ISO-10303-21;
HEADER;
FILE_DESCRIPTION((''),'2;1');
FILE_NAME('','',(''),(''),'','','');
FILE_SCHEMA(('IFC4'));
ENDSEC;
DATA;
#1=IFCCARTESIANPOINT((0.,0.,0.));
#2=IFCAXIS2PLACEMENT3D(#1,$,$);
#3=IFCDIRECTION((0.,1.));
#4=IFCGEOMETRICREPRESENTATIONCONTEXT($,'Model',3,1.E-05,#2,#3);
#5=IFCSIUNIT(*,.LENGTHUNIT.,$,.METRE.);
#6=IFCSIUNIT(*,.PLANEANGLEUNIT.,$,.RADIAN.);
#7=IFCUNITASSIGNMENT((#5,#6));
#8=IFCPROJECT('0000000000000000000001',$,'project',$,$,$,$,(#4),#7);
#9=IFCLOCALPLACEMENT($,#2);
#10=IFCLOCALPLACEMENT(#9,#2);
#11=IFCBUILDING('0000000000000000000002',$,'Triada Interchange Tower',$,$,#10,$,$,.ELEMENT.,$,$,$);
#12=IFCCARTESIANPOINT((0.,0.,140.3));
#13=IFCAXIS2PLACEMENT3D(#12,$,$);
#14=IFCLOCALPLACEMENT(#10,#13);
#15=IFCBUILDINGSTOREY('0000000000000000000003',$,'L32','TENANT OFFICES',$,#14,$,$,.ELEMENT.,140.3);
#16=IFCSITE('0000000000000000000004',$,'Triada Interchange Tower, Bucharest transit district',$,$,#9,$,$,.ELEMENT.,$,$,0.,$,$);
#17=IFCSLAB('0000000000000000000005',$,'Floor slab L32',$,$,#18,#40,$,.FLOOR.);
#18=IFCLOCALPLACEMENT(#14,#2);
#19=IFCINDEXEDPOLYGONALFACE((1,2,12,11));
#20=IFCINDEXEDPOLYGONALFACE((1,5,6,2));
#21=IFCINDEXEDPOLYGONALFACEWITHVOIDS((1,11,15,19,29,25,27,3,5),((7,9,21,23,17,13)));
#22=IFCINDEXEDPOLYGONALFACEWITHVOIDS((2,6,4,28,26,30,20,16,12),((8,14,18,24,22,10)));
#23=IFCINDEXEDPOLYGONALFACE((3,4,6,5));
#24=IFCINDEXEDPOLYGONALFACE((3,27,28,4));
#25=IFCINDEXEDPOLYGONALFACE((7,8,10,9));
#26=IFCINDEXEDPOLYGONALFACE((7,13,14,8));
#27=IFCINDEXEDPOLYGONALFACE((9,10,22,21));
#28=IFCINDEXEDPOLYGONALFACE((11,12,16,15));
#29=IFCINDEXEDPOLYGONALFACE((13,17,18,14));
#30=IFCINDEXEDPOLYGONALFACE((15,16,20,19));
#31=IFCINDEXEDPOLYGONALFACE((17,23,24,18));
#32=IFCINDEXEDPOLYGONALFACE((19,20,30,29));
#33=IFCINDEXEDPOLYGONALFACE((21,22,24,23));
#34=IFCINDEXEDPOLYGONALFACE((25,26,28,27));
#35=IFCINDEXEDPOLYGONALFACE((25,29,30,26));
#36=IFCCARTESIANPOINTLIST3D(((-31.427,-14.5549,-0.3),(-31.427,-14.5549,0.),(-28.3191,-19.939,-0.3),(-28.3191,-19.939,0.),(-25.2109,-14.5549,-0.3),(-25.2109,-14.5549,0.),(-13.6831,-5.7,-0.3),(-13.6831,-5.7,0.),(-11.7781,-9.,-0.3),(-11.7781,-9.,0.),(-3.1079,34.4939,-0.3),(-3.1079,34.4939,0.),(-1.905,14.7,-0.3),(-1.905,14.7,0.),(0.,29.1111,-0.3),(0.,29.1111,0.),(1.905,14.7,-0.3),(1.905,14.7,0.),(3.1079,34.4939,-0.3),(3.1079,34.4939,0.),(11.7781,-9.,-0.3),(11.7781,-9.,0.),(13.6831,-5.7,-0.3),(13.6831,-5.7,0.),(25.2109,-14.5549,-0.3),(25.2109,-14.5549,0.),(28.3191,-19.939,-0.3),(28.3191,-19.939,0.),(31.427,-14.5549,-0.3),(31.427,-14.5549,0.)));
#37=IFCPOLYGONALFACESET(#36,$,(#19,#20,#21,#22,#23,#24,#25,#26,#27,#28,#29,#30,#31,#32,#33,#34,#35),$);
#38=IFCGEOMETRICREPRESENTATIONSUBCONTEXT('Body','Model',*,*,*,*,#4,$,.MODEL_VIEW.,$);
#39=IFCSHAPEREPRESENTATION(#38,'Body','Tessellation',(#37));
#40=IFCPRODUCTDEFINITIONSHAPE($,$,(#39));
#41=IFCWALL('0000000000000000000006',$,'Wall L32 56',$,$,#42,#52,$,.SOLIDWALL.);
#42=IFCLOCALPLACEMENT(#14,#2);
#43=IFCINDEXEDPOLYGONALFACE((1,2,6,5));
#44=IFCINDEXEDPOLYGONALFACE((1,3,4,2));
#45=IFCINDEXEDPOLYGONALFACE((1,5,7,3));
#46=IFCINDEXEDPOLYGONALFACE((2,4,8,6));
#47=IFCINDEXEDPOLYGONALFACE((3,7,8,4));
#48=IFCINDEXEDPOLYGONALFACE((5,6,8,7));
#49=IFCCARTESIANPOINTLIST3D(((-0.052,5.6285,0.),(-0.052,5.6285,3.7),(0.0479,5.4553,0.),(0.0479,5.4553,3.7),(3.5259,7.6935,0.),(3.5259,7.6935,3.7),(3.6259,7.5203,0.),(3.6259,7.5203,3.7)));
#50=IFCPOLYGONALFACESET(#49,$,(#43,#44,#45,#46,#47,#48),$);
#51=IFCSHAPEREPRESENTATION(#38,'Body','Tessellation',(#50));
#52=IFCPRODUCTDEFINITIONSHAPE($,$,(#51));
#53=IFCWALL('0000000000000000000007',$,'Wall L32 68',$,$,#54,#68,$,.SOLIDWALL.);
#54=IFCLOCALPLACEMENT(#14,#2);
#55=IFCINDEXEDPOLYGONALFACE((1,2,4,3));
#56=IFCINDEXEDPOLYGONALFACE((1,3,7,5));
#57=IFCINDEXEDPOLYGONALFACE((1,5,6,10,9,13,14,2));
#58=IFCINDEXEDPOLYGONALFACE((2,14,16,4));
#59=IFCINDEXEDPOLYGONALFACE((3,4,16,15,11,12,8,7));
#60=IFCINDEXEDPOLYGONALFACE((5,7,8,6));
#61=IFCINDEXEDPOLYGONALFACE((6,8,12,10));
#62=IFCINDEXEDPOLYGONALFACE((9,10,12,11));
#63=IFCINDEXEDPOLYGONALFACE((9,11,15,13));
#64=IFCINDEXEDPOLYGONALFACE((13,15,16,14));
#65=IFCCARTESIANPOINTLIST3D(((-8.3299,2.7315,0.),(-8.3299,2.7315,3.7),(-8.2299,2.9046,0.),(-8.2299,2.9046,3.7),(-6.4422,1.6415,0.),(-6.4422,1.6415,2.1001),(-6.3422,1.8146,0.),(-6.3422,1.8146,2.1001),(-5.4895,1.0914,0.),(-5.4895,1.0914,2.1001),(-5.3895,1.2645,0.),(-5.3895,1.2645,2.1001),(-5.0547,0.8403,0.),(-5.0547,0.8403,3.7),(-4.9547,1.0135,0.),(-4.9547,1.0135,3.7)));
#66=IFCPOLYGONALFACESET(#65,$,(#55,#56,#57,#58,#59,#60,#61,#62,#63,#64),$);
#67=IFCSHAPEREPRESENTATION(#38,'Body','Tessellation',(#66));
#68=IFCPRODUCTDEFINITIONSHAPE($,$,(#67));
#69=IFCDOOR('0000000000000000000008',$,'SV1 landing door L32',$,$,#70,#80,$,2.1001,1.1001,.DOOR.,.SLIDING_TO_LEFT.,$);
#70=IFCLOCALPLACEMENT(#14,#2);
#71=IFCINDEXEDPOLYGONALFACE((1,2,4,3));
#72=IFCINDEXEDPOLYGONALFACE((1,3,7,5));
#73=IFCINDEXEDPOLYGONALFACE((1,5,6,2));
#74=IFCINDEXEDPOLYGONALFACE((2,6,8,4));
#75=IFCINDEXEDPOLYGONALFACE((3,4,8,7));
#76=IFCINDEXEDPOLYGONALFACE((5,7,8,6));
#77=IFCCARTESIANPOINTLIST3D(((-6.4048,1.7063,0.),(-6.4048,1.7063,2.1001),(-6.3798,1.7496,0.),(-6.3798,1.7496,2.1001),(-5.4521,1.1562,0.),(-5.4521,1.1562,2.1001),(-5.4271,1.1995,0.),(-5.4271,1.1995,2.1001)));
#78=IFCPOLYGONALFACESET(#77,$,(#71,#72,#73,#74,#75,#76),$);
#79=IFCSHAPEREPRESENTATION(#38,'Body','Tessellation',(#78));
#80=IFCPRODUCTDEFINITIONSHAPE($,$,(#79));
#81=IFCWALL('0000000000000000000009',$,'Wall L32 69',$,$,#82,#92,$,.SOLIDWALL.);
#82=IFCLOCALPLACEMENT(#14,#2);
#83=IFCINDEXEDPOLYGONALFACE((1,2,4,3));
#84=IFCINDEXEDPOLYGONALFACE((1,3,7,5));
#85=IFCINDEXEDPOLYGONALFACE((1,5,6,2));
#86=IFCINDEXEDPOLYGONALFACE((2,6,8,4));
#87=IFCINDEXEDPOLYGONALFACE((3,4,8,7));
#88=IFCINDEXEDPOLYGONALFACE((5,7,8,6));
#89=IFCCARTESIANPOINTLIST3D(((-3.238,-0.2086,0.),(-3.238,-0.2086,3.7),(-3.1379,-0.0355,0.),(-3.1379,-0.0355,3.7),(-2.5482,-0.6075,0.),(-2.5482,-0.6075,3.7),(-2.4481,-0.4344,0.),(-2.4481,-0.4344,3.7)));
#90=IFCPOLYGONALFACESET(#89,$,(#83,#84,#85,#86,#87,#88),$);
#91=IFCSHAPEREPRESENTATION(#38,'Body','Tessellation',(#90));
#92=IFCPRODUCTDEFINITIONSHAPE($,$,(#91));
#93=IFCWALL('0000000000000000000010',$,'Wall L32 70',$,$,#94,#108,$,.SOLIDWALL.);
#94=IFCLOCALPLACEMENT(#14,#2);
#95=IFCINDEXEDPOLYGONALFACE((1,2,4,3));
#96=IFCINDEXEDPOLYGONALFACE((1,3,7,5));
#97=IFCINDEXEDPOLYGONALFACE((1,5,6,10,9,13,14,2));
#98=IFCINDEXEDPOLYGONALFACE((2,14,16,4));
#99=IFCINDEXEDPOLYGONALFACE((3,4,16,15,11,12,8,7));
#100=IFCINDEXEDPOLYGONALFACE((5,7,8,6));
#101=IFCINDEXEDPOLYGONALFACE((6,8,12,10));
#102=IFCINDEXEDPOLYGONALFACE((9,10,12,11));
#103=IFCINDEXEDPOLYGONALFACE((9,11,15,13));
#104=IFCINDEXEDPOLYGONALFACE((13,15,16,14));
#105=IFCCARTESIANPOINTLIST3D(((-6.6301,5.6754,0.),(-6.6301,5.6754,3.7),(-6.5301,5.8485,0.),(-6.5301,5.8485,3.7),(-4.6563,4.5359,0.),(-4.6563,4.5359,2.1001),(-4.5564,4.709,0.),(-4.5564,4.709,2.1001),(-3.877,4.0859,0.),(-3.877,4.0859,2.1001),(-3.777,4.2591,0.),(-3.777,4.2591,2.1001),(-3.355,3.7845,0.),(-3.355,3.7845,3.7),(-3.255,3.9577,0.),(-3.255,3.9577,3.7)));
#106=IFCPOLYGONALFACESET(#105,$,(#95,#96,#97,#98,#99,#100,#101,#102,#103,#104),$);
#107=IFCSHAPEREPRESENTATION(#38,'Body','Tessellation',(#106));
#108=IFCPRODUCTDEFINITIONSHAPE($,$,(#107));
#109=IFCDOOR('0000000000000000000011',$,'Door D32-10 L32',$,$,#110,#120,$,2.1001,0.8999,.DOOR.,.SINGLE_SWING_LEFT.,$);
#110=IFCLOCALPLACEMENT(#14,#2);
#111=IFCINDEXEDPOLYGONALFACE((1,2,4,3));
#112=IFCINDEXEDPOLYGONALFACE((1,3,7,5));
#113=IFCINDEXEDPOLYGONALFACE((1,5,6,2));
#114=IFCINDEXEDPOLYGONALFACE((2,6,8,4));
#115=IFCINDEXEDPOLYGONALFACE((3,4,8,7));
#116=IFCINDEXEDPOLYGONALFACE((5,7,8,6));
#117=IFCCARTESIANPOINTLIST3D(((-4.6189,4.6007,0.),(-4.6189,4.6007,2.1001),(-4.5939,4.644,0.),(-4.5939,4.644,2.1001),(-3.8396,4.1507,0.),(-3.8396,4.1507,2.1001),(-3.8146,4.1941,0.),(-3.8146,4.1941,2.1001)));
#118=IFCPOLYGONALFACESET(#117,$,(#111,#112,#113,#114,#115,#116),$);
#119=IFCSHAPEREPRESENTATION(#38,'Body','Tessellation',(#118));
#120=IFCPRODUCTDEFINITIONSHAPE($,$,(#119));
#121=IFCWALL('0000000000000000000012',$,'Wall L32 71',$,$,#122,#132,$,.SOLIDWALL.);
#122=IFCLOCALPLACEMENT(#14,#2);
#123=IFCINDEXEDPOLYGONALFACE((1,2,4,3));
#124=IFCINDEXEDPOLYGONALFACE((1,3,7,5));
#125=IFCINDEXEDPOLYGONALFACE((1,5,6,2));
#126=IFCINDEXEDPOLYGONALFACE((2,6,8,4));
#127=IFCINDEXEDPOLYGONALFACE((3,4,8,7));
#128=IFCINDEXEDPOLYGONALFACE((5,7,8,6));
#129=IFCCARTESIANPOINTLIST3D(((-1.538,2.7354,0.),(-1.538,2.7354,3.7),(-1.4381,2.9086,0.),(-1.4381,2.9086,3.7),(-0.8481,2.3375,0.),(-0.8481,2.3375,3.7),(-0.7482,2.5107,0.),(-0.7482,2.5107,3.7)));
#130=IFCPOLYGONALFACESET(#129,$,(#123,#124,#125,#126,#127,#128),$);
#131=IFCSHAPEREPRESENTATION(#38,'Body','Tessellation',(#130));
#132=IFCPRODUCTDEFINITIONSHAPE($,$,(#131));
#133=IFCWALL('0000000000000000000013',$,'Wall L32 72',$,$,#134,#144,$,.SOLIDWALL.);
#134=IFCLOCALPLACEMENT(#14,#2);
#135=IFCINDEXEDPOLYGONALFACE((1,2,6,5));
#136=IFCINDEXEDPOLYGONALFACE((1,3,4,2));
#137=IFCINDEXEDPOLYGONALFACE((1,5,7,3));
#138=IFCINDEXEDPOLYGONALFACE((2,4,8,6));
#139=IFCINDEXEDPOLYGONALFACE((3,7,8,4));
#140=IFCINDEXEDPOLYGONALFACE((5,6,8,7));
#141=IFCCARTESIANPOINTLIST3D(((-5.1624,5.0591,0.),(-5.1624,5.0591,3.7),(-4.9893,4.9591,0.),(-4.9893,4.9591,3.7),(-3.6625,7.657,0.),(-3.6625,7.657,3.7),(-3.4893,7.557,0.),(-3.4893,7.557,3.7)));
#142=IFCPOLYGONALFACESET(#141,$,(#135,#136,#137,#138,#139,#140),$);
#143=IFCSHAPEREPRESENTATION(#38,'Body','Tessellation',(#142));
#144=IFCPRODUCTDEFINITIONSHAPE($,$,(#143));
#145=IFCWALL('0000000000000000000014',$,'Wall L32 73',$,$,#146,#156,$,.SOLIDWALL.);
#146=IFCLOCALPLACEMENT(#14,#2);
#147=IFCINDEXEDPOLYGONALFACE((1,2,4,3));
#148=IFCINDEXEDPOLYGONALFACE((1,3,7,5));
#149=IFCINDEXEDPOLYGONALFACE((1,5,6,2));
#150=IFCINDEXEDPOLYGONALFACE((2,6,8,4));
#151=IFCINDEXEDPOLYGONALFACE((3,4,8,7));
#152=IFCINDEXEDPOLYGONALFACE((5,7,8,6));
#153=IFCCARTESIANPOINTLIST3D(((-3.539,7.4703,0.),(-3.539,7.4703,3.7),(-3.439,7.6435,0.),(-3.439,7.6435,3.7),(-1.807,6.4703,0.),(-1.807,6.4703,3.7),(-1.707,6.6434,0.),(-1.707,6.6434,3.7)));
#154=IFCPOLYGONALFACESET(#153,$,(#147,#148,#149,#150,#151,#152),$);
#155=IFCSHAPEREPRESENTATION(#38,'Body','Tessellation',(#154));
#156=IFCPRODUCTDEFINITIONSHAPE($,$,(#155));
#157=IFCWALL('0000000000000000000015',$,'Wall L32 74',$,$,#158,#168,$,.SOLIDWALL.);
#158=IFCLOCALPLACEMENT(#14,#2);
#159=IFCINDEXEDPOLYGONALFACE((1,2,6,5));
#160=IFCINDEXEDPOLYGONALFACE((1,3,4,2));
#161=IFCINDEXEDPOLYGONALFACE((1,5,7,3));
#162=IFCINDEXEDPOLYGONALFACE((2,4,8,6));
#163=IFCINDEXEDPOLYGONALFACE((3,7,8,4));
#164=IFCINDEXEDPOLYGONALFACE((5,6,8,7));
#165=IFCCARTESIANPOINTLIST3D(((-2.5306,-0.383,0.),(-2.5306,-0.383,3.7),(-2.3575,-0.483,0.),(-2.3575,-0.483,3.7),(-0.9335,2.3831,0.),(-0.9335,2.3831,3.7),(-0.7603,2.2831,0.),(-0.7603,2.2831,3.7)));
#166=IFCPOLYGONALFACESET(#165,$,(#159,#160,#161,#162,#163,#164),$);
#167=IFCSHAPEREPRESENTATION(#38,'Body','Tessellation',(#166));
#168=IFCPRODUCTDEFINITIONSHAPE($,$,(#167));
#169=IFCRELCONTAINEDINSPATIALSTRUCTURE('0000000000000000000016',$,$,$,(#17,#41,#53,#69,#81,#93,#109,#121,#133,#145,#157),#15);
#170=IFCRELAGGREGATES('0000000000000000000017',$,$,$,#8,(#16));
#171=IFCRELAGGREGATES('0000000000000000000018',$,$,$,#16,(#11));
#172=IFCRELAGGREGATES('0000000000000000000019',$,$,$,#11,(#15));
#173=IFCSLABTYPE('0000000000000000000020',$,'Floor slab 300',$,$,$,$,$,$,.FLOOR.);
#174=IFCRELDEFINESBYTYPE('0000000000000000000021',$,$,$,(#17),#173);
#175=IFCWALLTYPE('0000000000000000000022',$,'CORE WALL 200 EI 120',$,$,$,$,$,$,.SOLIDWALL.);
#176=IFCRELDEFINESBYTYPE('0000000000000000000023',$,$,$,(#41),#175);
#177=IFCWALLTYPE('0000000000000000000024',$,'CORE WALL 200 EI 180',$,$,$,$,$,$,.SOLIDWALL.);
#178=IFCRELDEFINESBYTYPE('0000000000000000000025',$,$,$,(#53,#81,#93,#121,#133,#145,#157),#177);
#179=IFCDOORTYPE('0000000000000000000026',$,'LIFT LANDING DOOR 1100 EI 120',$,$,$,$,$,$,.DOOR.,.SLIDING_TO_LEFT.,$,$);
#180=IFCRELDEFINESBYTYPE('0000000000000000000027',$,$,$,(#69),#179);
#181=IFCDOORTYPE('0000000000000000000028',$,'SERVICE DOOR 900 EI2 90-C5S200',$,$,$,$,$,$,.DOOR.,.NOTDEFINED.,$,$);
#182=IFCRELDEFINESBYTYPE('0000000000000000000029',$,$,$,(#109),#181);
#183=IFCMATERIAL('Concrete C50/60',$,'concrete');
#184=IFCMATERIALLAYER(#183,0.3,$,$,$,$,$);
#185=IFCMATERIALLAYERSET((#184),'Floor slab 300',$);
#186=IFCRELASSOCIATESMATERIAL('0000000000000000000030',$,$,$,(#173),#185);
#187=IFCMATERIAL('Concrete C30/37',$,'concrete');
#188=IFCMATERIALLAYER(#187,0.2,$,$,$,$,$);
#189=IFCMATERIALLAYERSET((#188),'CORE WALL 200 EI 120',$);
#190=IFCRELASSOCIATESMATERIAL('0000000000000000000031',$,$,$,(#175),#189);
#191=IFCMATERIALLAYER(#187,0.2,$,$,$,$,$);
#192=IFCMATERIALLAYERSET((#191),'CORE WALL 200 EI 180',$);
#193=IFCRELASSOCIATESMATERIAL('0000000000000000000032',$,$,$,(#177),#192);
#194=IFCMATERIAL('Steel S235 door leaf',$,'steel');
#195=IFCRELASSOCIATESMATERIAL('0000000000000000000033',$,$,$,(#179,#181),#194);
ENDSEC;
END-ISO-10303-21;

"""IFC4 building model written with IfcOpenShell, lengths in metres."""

from ifc_helpers import new_model, si_unit, direction, frame, frame_2d, origin, place, context, subcontext, project, spatial, polyline, rectangle, outline, extrude, material, layer, layer_set, type_object, element, fill, save


model = new_model("IFC4")

# Units and contexts
model_context = context("Model", 3, precision=1e-05, world=origin(), true_north=direction((0.0, 1.0)))
body_context = subcontext(model_context, "Body", "Model", "MODEL_VIEW")
ifc_project = project(units=[si_unit("LENGTHUNIT", "METRE"), si_unit("PLANEANGLEUNIT", "RADIAN")], contexts=[model_context])

# Site, building, storey
site_placement = place(None, origin())
site = spatial("IfcSite", under=ifc_project, at=site_placement, Name="Triada Interchange Tower, Bucharest transit district", CompositionType="ELEMENT", RefElevation=0.0)
building_placement = place(site_placement, origin())
building = spatial("IfcBuilding", under=site, at=building_placement, Name="Triada Interchange Tower", CompositionType="ELEMENT")
storey_placement = place(building_placement, frame((0.0, 0.0, 140.3)))
storey = spatial("IfcBuildingStorey", under=building, at=storey_placement, Name="L32", Description="TENANT OFFICES", CompositionType="ELEMENT", Elevation=140.3)

# Slab
ifc_material_1 = material(Name="Concrete C50/60", Category="concrete")
ifc_layer_1 = layer(ifc_material_1, 0.3)
ifc_layer_set_1 = layer_set([ifc_layer_1], Name="Floor slab 300")
slab_type = type_object("IfcSlabType", Name="Floor slab 300", PredefinedType="FLOOR", material=ifc_layer_set_1)
slab_placement = place(storey_placement, frame((0.0, 0.0, -0.3)))
element("IfcSlab", 1, at=slab_placement, inside=storey, type_object=slab_type, Name="Floor slab L32", PredefinedType="FLOOR", context=body_context, shape_type="SweptSolid", body=[
    extrude(outline(polyline([(-3.1079, 34.4939), (-31.427, -14.5549), (-25.2109, -14.5549), (-28.3191, -19.939), (28.3191, -19.939), (25.2109, -14.5549), (31.427, -14.5549), (3.1079, 34.4939), (0.0, 29.1111), (-3.1079, 34.4939)]), holes=[polyline([(1.905, 14.7), (-1.905, 14.7), (-13.6831, -5.7), (-11.7781, -9.0), (11.7781, -9.0), (13.6831, -5.7), (1.905, 14.7)])]), origin(), (0.0, 0.0, 1.0), 0.3),
])

# Wall
ifc_material_2 = material(Name="Concrete C30/37", Category="concrete")
ifc_layer_2 = layer(ifc_material_2, 0.2)
ifc_layer_set_2 = layer_set([ifc_layer_2], Name="CORE WALL 200 EI 120")
wall_type_1 = type_object("IfcWallType", Name="CORE WALL 200 EI 120", PredefinedType="SOLIDWALL", material=ifc_layer_set_2)
wall_1_placement = place(storey_placement, frame((-0.002, 5.542, 0.0), z_axis=(0.0, 0.0, 1.0), x_axis=(0.866104, 0.499864, 0.0)))
element("IfcWall", 2, at=wall_1_placement, inside=storey, type_object=wall_type_1, Name="Wall L32 56", PredefinedType="SOLIDWALL", context=body_context, shape_type="SweptSolid", body=[
    extrude(rectangle(XDim=4.1311, YDim=0.2, at=frame_2d((2.0654, 0.0))), origin(), (0.0, 0.0, 1.0), 3.7),
])

# Wall, opening, door
ifc_layer_3 = layer(ifc_material_2, 0.2)
ifc_layer_set_3 = layer_set([ifc_layer_3], Name="CORE WALL 200 EI 180")
wall_type_2 = type_object("IfcWallType", Name="CORE WALL 200 EI 180", PredefinedType="SOLIDWALL", material=ifc_layer_set_3)
wall_2_placement = place(storey_placement, frame((-8.28, 2.8181, 0.0), z_axis=(0.0, 0.0, 1.0), x_axis=(0.866002, -0.500041, 0.0)))
wall_2 = element("IfcWall", 3, at=wall_2_placement, inside=storey, type_object=wall_type_2, Name="Wall L32 68", PredefinedType="SOLIDWALL", context=body_context, shape_type="SweptSolid", body=[
    extrude(rectangle(XDim=3.782, YDim=0.2, at=frame_2d((1.8911, 0.0))), origin(), (0.0, 0.0, 1.0), 3.7),
])
opening_1_placement = place(wall_2_placement, frame((2.1799, 0.0, 0.0)))
opening_1 = element("IfcOpeningElement", 4, at=opening_1_placement, cuts=wall_2, PredefinedType="OPENING", context=body_context, shape_type="SweptSolid", body=[
    extrude(rectangle(XDim=1.1001, YDim=2.1001, at=frame_2d((0.55, 1.05))), frame((0.0, 0.1099, 0.0), z_axis=(0.0, -1.0, 0.0), x_axis=(1.0, 0.0, 0.0)), (0.0, 0.0, 1.0), 0.22),
])
ifc_material_3 = material(Name="Steel S235 door leaf", Category="steel")
door_type_1 = type_object("IfcDoorType", Name="LIFT LANDING DOOR 1100 EI 120", OperationType="SLIDING_TO_LEFT", PredefinedType="DOOR", material=ifc_material_3)
door_1_placement = place(opening_1_placement, origin())
door_1 = element("IfcDoor", 5, at=door_1_placement, inside=storey, type_object=door_type_1, Name="SV1 landing door L32", OperationType="SLIDING_TO_LEFT", OverallHeight=2.1001, OverallWidth=1.1001, PredefinedType="DOOR", context=body_context, shape_type="SweptSolid", body=[
    extrude(rectangle(XDim=1.1001, YDim=2.1001, at=frame_2d((0.55, 1.05))), frame((0.0, 0.0249, 0.0), z_axis=(0.0, -1.0, 0.0), x_axis=(1.0, 0.0, 0.0)), (0.0, 0.0, 1.0), 0.05),
])
fill(opening_1, door_1)

# Wall
wall_3_placement = place(storey_placement, frame((-3.188, -0.1221, 0.0), z_axis=(0.0, 0.0, 1.0), x_axis=(0.865706, -0.500553, 0.0)))
element("IfcWall", 6, at=wall_3_placement, inside=storey, type_object=wall_type_2, Name="Wall L32 69", PredefinedType="SOLIDWALL", context=body_context, shape_type="SweptSolid", body=[
    extrude(rectangle(XDim=0.7969, YDim=0.2, at=frame_2d((0.3984, 0.0))), origin(), (0.0, 0.0, 1.0), 3.7),
])

# Wall, opening, door
wall_4_placement = place(storey_placement, frame((-6.5801, 5.762, 0.0), z_axis=(0.0, 0.0, 1.0), x_axis=(0.86603, -0.499993, 0.0)))
wall_4 = element("IfcWall", 7, at=wall_4_placement, inside=storey, type_object=wall_type_2, Name="Wall L32 70", PredefinedType="SOLIDWALL", context=body_context, shape_type="SweptSolid", body=[
    extrude(rectangle(XDim=3.7817, YDim=0.2, at=frame_2d((1.8909, 0.0))), origin(), (0.0, 0.0, 1.0), 3.7),
])
opening_2_placement = place(wall_4_placement, frame((2.2791, 0.0, 0.0)))
opening_2 = element("IfcOpeningElement", 8, at=opening_2_placement, cuts=wall_4, PredefinedType="OPENING", context=body_context, shape_type="SweptSolid", body=[
    extrude(rectangle(XDim=0.8999, YDim=2.1001, at=frame_2d((0.45, 1.05))), frame((0.0, 0.1099, 0.0), z_axis=(0.0, -1.0, 0.0), x_axis=(1.0, 0.0, 0.0)), (0.0, 0.0, 1.0), 0.22),
])
door_type_2 = type_object("IfcDoorType", Name="SERVICE DOOR 900 EI2 90-C5S200", OperationType="NOTDEFINED", PredefinedType="DOOR", material=ifc_material_3)
door_2_placement = place(opening_2_placement, origin())
door_2 = element("IfcDoor", 9, at=door_2_placement, inside=storey, type_object=door_type_2, Name="Door D32-10 L32", OperationType="SINGLE_SWING_LEFT", OverallHeight=2.1001, OverallWidth=0.8999, PredefinedType="DOOR", context=body_context, shape_type="SweptSolid", body=[
    extrude(rectangle(XDim=0.8999, YDim=2.1001, at=frame_2d((0.45, 1.05))), frame((0.0, 0.0249, 0.0), z_axis=(0.0, -1.0, 0.0), x_axis=(1.0, 0.0, 0.0)), (0.0, 0.0, 1.0), 0.05),
])
fill(opening_2, door_2)

# Walls
wall_5_placement = place(storey_placement, frame((-1.488, 2.822, 0.0), z_axis=(0.0, 0.0, 1.0), x_axis=(0.866237, -0.499634, 0.0)))
element("IfcWall", 10, at=wall_5_placement, inside=storey, type_object=wall_type_2, Name="Wall L32 71", PredefinedType="SOLIDWALL", context=body_context, shape_type="SweptSolid", body=[
    extrude(rectangle(XDim=0.7964, YDim=0.2, at=frame_2d((0.3982, 0.0))), origin(), (0.0, 0.0, 1.0), 3.7),
])
wall_6_placement = place(storey_placement, frame((-5.0759, 5.009, 0.0), z_axis=(0.0, 0.0, 1.0), x_axis=(0.500025, 0.866011, 0.0)))
element("IfcWall", 11, at=wall_6_placement, inside=storey, type_object=wall_type_2, Name="Wall L32 72", PredefinedType="SOLIDWALL", context=body_context, shape_type="SweptSolid", body=[
    extrude(rectangle(XDim=2.9998, YDim=0.2, at=frame_2d((1.5, 0.0))), origin(), (0.0, 0.0, 1.0), 3.7),
])
wall_7_placement = place(storey_placement, frame((-3.489, 7.5569, 0.0), z_axis=(0.0, 0.0, 1.0), x_axis=(0.866011, -0.500025, 0.0)))
element("IfcWall", 12, at=wall_7_placement, inside=storey, type_object=wall_type_2, Name="Wall L32 73", PredefinedType="SOLIDWALL", context=body_context, shape_type="SweptSolid", body=[
    extrude(rectangle(XDim=2.0, YDim=0.2, at=frame_2d((1.0, 0.0))), origin(), (0.0, 0.0, 1.0), 3.7),
])
wall_8_placement = place(storey_placement, frame((-2.4441, -0.4331, 0.0), z_axis=(0.0, 0.0, 1.0), x_axis=(0.500036, 0.866005, 0.0)))
element("IfcWall", 13, at=wall_8_placement, inside=storey, type_object=wall_type_2, Name="Wall L32 74", PredefinedType="SOLIDWALL", context=body_context, shape_type="SweptSolid", body=[
    extrude(rectangle(XDim=3.1941, YDim=0.2, at=frame_2d((1.5972, 0.0))), origin(), (0.0, 0.0, 1.0), 3.7),
])

save(model, "model.ifc")
